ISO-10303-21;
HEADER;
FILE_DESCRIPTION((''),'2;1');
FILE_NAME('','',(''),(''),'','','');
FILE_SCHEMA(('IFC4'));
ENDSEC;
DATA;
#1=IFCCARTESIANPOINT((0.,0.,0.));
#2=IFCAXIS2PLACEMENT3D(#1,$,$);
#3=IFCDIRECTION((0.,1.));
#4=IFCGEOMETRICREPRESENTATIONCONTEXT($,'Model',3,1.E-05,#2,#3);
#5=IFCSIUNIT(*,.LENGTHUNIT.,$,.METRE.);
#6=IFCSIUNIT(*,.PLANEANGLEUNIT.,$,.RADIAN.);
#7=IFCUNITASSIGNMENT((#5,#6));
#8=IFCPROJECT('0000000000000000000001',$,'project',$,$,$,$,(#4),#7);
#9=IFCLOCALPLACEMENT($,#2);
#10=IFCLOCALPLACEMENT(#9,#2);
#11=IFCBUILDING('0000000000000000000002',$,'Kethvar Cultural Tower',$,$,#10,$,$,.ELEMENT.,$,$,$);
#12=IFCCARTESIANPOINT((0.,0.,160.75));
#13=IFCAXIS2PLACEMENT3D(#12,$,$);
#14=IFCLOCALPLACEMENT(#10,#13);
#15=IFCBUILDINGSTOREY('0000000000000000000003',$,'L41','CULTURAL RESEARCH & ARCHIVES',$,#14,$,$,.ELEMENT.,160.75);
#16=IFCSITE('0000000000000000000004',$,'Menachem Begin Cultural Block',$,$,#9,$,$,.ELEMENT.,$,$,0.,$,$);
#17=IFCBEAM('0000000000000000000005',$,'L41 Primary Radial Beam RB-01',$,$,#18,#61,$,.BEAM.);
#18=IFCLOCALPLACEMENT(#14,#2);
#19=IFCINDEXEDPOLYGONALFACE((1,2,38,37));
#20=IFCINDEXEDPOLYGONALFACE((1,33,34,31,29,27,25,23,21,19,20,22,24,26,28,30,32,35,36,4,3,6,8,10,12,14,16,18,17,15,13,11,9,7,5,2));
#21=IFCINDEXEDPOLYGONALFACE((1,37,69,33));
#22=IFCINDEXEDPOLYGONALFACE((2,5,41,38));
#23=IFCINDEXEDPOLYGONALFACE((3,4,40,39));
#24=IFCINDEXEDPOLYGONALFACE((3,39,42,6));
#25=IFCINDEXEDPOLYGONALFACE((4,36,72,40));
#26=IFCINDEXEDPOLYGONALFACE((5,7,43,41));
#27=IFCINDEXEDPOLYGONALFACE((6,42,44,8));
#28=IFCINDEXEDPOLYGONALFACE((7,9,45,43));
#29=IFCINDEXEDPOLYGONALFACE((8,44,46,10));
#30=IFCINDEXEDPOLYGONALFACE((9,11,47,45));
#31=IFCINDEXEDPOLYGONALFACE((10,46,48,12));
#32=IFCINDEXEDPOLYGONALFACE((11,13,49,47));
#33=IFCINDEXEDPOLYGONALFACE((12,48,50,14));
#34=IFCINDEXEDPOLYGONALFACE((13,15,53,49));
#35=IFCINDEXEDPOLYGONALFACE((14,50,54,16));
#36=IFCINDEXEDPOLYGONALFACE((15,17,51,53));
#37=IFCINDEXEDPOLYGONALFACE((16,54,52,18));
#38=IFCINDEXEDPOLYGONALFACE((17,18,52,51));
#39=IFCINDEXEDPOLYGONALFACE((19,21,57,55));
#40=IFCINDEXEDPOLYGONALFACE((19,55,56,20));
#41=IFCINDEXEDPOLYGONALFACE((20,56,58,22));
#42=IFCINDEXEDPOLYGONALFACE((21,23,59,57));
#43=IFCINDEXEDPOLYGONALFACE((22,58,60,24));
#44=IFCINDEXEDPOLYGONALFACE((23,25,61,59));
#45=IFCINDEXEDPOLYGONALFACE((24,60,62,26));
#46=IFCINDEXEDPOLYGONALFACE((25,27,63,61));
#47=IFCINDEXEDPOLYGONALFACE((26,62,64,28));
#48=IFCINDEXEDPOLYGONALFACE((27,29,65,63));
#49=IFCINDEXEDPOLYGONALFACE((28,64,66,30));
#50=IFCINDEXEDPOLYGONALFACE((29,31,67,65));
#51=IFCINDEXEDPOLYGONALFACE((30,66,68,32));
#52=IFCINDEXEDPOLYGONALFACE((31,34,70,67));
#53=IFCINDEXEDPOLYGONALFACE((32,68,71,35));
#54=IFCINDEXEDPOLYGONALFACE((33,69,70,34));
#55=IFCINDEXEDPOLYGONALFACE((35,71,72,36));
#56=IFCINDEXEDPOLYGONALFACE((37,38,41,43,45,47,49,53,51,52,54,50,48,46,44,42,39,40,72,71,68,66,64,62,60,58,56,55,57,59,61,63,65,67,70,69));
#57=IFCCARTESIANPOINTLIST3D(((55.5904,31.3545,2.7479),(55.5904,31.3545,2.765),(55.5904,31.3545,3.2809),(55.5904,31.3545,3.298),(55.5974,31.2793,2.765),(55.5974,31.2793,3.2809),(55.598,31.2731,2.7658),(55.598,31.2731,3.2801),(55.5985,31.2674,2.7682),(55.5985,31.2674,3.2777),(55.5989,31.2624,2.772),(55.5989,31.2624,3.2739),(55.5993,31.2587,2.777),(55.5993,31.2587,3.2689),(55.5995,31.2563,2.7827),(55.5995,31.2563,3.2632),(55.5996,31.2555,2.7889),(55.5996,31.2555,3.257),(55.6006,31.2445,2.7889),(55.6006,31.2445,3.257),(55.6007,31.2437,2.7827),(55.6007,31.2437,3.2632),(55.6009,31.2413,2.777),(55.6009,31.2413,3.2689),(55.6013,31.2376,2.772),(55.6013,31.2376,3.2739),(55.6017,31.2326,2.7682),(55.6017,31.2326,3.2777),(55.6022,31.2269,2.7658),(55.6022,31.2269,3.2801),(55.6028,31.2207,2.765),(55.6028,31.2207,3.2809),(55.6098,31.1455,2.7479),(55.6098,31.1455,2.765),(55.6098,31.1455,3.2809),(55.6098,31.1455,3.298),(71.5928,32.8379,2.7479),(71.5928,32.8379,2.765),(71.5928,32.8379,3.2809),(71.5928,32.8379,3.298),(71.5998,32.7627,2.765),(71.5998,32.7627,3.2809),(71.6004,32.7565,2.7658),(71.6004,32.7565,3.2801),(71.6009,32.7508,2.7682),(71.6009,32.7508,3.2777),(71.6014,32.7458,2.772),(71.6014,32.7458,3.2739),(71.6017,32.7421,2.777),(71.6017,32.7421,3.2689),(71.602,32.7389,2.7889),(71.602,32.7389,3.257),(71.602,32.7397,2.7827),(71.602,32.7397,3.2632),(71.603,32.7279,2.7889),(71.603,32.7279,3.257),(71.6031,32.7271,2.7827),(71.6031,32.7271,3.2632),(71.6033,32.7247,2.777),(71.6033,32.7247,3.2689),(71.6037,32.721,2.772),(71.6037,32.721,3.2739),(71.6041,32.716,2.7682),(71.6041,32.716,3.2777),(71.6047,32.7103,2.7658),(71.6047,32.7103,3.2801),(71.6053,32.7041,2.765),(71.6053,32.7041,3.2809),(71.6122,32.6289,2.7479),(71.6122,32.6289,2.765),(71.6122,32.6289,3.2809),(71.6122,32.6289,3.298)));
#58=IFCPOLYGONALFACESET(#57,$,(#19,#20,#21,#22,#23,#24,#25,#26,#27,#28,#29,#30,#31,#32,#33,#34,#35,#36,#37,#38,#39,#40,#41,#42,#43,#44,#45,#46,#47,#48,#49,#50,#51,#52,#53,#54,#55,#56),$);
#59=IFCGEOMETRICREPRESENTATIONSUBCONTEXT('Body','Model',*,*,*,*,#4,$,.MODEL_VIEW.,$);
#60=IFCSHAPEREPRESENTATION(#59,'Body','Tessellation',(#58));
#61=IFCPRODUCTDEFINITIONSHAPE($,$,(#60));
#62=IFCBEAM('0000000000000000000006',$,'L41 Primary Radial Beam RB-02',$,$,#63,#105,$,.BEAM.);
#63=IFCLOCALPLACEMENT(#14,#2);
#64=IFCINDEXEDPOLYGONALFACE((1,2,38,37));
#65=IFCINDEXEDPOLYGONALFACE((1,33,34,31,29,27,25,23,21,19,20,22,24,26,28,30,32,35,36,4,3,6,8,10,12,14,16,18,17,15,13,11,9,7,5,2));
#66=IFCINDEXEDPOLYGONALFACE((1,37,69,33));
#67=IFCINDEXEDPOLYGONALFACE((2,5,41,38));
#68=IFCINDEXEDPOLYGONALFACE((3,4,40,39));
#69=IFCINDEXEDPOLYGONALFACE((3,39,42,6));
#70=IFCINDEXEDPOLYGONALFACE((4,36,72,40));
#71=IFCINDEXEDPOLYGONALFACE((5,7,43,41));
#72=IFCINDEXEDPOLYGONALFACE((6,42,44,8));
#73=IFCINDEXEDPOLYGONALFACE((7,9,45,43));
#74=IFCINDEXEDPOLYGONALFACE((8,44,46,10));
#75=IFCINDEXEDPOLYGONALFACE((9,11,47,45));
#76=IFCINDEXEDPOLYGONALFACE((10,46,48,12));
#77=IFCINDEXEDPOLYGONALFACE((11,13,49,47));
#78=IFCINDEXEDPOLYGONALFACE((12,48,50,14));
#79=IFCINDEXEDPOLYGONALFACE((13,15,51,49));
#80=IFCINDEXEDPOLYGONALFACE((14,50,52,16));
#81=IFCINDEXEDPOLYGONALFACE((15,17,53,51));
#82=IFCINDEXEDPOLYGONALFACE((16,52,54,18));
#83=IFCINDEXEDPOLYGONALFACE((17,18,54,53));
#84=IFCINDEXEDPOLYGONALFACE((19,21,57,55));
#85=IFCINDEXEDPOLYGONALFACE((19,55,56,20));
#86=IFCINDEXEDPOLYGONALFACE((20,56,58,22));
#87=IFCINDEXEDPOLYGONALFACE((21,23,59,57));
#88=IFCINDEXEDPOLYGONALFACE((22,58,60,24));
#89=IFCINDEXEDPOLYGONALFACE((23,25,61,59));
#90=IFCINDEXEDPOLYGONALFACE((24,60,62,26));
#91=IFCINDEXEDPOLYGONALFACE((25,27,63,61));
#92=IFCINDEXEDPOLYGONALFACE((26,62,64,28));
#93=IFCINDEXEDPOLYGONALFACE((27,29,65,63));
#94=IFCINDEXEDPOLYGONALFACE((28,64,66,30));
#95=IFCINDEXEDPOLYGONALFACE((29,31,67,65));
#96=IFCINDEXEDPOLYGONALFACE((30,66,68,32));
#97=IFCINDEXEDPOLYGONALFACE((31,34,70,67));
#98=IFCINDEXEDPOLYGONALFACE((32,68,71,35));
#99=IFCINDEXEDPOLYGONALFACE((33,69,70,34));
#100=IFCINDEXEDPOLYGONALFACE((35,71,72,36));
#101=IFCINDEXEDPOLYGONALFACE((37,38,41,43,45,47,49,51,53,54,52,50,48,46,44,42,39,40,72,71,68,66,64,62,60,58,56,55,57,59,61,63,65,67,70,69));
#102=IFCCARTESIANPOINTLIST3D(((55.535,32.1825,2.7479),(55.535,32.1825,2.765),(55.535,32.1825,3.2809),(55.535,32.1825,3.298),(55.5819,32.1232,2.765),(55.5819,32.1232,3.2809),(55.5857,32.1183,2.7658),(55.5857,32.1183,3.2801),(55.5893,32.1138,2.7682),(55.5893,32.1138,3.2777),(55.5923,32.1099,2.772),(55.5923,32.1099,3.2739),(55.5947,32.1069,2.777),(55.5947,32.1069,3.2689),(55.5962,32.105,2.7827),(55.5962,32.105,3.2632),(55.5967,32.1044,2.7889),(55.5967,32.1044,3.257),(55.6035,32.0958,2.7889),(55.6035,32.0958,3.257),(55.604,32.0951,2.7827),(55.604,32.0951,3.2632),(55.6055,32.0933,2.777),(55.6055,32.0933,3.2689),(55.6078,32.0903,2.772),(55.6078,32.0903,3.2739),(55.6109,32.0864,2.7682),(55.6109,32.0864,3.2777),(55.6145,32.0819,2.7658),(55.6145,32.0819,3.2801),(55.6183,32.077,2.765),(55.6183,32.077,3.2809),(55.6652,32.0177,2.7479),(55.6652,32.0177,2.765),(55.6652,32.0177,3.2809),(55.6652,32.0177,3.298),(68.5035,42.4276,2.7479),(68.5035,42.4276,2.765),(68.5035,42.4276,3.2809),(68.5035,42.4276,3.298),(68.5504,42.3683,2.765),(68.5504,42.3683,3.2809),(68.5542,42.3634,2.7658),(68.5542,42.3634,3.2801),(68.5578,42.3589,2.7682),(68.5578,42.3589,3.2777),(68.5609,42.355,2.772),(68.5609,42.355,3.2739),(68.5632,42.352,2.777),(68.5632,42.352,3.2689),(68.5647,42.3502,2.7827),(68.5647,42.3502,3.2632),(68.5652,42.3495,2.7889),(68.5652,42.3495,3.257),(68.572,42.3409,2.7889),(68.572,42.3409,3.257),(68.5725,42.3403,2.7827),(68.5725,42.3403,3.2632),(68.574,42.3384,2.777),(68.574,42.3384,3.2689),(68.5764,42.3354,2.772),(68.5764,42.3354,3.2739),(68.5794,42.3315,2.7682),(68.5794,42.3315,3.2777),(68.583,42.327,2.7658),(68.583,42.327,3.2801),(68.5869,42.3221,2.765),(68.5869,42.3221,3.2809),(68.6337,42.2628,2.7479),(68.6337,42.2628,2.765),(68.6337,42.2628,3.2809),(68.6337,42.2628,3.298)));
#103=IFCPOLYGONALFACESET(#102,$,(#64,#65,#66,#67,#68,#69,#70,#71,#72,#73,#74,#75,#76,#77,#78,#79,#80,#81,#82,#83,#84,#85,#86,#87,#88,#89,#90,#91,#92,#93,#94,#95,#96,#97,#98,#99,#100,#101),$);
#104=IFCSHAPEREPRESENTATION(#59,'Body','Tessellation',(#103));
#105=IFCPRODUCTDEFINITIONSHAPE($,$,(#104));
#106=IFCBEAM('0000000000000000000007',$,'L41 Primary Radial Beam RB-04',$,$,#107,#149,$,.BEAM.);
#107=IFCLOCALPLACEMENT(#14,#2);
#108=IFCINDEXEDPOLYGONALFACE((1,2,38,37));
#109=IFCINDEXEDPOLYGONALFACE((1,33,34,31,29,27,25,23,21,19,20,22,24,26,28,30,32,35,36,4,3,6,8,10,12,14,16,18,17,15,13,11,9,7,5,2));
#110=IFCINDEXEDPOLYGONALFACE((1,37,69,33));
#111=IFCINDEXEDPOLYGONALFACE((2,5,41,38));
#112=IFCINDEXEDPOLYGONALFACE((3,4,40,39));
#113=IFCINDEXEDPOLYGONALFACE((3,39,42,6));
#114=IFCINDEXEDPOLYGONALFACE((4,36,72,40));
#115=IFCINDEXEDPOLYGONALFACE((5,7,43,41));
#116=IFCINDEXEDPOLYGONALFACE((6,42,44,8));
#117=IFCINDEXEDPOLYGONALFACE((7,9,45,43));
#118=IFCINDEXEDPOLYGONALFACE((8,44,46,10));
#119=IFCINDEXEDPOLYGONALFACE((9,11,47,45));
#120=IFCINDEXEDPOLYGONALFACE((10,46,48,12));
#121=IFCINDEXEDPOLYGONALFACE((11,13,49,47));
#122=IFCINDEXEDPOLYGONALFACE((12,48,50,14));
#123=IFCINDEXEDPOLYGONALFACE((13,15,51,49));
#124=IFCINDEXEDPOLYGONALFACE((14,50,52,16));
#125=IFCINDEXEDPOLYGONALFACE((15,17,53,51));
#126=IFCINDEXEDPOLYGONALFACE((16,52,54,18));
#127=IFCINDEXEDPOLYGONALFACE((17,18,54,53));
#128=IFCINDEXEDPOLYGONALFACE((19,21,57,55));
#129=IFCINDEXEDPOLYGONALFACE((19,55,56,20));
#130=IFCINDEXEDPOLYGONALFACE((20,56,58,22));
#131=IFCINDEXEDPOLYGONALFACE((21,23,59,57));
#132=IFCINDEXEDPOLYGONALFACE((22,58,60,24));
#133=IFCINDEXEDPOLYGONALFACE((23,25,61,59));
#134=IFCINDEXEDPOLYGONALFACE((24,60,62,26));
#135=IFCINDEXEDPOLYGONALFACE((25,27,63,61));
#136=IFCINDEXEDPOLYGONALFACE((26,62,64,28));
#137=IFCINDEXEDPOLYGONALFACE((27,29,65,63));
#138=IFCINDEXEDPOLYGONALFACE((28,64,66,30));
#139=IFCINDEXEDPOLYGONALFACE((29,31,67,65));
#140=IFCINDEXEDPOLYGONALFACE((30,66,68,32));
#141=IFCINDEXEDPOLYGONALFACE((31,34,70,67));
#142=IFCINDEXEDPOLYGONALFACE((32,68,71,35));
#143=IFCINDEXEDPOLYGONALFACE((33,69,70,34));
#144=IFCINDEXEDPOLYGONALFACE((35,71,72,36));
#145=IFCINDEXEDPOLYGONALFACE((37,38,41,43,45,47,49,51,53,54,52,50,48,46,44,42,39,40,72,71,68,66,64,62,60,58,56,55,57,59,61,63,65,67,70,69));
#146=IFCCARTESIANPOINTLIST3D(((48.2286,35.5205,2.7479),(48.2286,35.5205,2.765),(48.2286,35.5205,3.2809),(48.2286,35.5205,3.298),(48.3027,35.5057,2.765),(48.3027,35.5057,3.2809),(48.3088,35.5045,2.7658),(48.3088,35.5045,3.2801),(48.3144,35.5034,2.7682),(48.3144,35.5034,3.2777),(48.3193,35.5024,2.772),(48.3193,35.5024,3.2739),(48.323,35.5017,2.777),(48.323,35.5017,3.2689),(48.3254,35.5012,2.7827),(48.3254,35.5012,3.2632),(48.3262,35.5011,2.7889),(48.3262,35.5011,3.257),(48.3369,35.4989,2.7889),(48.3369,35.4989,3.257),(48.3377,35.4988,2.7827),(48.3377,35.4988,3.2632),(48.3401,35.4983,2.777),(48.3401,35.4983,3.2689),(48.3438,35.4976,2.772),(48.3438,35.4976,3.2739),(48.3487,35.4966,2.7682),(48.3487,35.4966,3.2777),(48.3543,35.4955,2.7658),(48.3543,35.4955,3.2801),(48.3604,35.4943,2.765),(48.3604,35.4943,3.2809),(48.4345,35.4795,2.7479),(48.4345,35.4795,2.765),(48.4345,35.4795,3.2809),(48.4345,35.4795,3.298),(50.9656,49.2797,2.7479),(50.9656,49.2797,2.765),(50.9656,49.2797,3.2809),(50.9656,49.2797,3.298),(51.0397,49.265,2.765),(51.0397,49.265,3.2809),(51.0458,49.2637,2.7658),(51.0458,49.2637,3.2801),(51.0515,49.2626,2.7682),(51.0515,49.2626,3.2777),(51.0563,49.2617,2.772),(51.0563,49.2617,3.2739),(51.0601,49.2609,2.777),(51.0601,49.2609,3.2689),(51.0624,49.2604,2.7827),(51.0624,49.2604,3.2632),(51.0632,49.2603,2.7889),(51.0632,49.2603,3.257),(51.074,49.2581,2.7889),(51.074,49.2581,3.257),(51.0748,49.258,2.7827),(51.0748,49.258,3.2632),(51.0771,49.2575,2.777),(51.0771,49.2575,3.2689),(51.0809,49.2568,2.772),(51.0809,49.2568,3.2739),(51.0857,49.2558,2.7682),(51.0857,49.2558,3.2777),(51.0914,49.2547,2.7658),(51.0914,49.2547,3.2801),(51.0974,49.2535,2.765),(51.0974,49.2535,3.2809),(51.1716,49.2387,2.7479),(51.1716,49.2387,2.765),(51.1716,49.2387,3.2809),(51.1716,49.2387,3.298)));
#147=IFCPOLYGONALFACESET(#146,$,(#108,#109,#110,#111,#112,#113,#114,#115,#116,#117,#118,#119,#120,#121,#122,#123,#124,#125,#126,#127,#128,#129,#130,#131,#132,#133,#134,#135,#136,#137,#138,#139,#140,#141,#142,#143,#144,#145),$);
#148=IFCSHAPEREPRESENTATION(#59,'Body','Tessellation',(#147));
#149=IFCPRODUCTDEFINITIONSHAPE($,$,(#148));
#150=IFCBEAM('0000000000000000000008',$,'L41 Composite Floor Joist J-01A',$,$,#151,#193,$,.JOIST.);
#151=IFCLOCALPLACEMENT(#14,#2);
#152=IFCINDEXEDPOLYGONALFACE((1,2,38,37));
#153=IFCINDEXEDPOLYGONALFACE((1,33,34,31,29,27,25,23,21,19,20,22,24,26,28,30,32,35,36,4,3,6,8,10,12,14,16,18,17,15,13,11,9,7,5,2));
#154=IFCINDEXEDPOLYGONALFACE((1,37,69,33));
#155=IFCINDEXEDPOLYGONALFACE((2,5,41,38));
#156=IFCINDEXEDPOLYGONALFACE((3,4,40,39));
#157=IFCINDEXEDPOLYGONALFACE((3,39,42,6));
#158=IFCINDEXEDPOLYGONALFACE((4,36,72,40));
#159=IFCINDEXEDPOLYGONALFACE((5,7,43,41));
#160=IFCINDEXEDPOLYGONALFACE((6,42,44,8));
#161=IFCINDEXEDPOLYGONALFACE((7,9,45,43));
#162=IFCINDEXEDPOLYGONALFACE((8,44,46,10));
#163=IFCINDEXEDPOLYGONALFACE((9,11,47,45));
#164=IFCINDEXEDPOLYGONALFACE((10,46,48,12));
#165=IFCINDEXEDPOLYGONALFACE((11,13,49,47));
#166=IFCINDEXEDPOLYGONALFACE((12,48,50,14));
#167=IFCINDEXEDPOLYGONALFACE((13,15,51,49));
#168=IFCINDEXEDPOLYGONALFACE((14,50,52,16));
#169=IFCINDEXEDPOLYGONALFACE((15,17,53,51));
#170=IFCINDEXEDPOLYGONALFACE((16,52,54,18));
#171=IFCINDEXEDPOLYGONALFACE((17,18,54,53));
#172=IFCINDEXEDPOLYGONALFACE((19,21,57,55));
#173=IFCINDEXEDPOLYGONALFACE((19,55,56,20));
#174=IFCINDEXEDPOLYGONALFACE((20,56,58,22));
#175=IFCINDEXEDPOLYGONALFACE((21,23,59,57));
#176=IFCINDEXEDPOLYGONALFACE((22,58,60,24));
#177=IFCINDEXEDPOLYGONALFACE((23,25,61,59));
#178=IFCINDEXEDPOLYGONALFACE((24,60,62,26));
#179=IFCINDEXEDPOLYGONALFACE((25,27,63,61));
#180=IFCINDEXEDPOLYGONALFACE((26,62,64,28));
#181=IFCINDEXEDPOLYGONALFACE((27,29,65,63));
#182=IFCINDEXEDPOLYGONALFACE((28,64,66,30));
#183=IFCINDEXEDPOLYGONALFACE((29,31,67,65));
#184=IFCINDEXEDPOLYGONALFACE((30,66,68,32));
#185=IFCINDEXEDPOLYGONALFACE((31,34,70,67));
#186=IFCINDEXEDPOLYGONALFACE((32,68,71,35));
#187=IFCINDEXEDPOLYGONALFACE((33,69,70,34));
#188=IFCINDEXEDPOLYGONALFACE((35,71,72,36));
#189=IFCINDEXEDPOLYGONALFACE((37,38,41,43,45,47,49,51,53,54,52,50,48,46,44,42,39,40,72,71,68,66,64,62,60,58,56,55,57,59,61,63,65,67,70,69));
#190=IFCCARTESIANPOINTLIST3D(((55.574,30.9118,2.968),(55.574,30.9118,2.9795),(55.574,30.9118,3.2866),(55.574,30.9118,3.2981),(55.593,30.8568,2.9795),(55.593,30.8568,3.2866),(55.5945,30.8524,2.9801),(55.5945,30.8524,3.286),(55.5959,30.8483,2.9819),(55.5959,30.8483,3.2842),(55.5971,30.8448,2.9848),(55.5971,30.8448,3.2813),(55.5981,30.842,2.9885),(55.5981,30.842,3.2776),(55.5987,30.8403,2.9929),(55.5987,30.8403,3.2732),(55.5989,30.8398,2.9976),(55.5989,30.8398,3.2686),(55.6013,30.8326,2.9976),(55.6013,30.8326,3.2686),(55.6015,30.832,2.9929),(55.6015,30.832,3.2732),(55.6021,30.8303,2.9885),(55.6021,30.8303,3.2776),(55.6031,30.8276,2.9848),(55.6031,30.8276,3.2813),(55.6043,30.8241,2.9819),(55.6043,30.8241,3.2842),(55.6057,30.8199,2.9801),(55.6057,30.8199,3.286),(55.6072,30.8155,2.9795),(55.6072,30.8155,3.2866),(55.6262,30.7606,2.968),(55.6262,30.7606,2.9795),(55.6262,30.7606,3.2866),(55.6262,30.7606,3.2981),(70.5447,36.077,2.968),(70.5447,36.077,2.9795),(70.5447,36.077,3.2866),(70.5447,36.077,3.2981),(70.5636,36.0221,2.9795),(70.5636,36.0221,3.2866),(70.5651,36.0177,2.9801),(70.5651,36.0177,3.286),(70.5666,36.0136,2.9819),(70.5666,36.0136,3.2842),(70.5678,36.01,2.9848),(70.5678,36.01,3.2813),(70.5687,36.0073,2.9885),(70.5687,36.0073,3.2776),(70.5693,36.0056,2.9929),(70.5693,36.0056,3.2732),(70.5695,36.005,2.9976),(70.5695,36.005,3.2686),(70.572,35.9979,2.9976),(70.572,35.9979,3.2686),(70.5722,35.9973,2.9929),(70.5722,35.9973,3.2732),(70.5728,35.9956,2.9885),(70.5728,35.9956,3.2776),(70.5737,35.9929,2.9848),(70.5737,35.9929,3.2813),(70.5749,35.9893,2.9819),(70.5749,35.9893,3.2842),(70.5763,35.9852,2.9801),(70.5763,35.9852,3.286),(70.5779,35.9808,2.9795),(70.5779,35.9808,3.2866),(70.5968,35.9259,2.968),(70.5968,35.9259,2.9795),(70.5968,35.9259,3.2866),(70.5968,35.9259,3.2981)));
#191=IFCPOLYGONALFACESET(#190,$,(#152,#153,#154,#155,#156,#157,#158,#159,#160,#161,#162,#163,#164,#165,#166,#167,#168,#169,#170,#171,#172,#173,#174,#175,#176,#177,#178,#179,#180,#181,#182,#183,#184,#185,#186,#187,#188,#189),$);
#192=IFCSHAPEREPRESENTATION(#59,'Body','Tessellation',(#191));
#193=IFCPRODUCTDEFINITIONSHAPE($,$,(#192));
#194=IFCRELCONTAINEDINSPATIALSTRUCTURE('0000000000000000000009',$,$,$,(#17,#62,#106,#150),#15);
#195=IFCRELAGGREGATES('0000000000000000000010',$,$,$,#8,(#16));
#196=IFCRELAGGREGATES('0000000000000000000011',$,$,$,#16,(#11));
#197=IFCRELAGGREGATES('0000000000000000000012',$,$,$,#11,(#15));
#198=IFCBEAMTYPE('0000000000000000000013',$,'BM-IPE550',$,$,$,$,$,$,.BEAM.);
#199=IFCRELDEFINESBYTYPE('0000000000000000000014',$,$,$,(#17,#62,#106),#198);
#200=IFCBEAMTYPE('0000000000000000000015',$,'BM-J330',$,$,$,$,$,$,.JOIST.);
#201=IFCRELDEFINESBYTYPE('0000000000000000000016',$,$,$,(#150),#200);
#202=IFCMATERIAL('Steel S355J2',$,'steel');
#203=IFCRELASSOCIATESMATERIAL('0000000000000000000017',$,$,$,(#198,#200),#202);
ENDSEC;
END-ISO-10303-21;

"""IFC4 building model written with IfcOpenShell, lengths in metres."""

from ifc_helpers import new_model, si_unit, direction, frame, origin, origin_2d, place, context, subcontext, project, spatial, i_section, extrude, source, transform, mapped, material, material_profile, profile_set, type_object, element, save


model = new_model("IFC4")

# Units and contexts
model_context = context("Model", 3, precision=1e-05, world=origin(), true_north=direction((0.0, 1.0)))
body_context = subcontext(model_context, "Body", "Model", "MODEL_VIEW")
ifc_project = project(units=[si_unit("LENGTHUNIT", "METRE"), si_unit("PLANEANGLEUNIT", "RADIAN")], contexts=[model_context])

# Site, building, storey
site_placement = place(None, origin())
site = spatial("IfcSite", under=ifc_project, at=site_placement, Name="Menachem Begin Cultural Block", CompositionType="ELEMENT", RefElevation=0.0)
building_placement = place(site_placement, origin())
building = spatial("IfcBuilding", under=site, at=building_placement, Name="Kethvar Cultural Tower", CompositionType="ELEMENT")
storey_placement = place(building_placement, frame((0.0, 0.0, 160.75)))
storey = spatial("IfcBuildingStorey", under=building, at=storey_placement, Name="L41", Description="CULTURAL RESEARCH & ARCHIVES", CompositionType="ELEMENT", Elevation=160.75)

# Beams
ifc_material_1 = material(Name="Steel S355J2", Category="steel")
ifc_material_profile_1 = material_profile(ifc_material_1, i_section(OverallWidth=0.21, OverallDepth=0.55, WebThickness=0.011, FlangeThickness=0.0171, FilletRadius=0.0239, at=origin_2d()), Name="Steel S355J2 — IPE550")
ifc_profile_set_1 = profile_set([ifc_material_profile_1], Name="Steel S355J2 — IPE550")
beam_type_1 = type_object("IfcBeamType", Name="BM-IPE550", PredefinedType="BEAM", material=ifc_profile_set_1)
shared_shape_1 = source(origin(), body_context, "Body", "SweptSolid", [
    extrude(i_section(OverallWidth=0.21, OverallDepth=0.55, WebThickness=0.011, FlangeThickness=0.0171, FilletRadius=0.0239, at=origin_2d()), origin(), (0.0, 0.0, 1.0), 16.071),
])
beam_1_placement = place(storey_placement, frame((55.6001, 31.25, 3.0229), z_axis=(0.995731, 0.092303, 0.0), x_axis=(-0.092303, 0.995731, 0.0)))
element("IfcBeam", 1, at=beam_1_placement, inside=storey, type_object=beam_type_1, Name="L41 Primary Radial Beam RB-01", PredefinedType="BEAM", context=body_context, shape_type="MappedRepresentation", body=[
    mapped(shared_shape_1, transform((0.0, 0.0, 0.0), scale=1.0)),
])
shared_shape_2 = source(origin(), body_context, "Body", "SweptSolid", [
    extrude(i_section(OverallWidth=0.21, OverallDepth=0.55, WebThickness=0.011, FlangeThickness=0.0171, FilletRadius=0.0239, at=origin_2d()), origin(), (0.0, 0.0, 1.0), 16.5271),
])
beam_2_placement = place(storey_placement, frame((55.6001, 32.1001, 3.0229), z_axis=(0.784682, 0.619899, 0.0), x_axis=(-0.619899, 0.784682, 0.0)))
element("IfcBeam", 2, at=beam_2_placement, inside=storey, type_object=beam_type_1, Name="L41 Primary Radial Beam RB-02", PredefinedType="BEAM", context=body_context, shape_type="MappedRepresentation", body=[
    mapped(shared_shape_2, transform((0.0, 0.0, 0.0), scale=1.0)),
])
shared_shape_3 = source(origin(), body_context, "Body", "SweptSolid", [
    extrude(i_section(OverallWidth=0.21, OverallDepth=0.55, WebThickness=0.011, FlangeThickness=0.0171, FilletRadius=0.0239, at=origin_2d()), origin(), (0.0, 0.0, 1.0), 14.0288),
])
beam_3_placement = place(storey_placement, frame((48.3315, 35.5, 3.0229), z_axis=(0.195102, 0.980783, 0.0), x_axis=(-0.980783, 0.195102, 0.0)))
element("IfcBeam", 3, at=beam_3_placement, inside=storey, type_object=beam_type_1, Name="L41 Primary Radial Beam RB-04", PredefinedType="BEAM", context=body_context, shape_type="MappedRepresentation", body=[
    mapped(shared_shape_3, transform((0.0, 0.0, 0.0), scale=1.0)),
])
ifc_material_profile_2 = material_profile(ifc_material_1, i_section(OverallWidth=0.1599, OverallDepth=0.3301, WebThickness=0.0076, FlangeThickness=0.0115, FilletRadius=0.0181, at=origin_2d()), Name="Steel S355J2 — IPE330")
ifc_profile_set_2 = profile_set([ifc_material_profile_2], Name="Steel S355J2 — IPE330")
beam_type_2 = type_object("IfcBeamType", Name="BM-J330", PredefinedType="JOIST", material=ifc_profile_set_2)
shared_shape_4 = source(origin(), body_context, "Body", "SweptSolid", [
    extrude(i_section(OverallWidth=0.1599, OverallDepth=0.3301, WebThickness=0.0076, FlangeThickness=0.0115, FilletRadius=0.0181, at=origin_2d()), origin(), (0.0, 0.0, 1.0), 15.8367),
])
beam_4_placement = place(storey_placement, frame((55.6001, 30.8362, 3.1331), z_axis=(0.945315, 0.326158, 0.0), x_axis=(-0.326158, 0.945315, 0.0)))
element("IfcBeam", 4, at=beam_4_placement, inside=storey, type_object=beam_type_2, Name="L41 Composite Floor Joist J-01A", PredefinedType="JOIST", context=body_context, shape_type="MappedRepresentation", body=[
    mapped(shared_shape_4, transform((0.0, 0.0, 0.0), scale=1.0)),
])

save(model, "model.ifc")
